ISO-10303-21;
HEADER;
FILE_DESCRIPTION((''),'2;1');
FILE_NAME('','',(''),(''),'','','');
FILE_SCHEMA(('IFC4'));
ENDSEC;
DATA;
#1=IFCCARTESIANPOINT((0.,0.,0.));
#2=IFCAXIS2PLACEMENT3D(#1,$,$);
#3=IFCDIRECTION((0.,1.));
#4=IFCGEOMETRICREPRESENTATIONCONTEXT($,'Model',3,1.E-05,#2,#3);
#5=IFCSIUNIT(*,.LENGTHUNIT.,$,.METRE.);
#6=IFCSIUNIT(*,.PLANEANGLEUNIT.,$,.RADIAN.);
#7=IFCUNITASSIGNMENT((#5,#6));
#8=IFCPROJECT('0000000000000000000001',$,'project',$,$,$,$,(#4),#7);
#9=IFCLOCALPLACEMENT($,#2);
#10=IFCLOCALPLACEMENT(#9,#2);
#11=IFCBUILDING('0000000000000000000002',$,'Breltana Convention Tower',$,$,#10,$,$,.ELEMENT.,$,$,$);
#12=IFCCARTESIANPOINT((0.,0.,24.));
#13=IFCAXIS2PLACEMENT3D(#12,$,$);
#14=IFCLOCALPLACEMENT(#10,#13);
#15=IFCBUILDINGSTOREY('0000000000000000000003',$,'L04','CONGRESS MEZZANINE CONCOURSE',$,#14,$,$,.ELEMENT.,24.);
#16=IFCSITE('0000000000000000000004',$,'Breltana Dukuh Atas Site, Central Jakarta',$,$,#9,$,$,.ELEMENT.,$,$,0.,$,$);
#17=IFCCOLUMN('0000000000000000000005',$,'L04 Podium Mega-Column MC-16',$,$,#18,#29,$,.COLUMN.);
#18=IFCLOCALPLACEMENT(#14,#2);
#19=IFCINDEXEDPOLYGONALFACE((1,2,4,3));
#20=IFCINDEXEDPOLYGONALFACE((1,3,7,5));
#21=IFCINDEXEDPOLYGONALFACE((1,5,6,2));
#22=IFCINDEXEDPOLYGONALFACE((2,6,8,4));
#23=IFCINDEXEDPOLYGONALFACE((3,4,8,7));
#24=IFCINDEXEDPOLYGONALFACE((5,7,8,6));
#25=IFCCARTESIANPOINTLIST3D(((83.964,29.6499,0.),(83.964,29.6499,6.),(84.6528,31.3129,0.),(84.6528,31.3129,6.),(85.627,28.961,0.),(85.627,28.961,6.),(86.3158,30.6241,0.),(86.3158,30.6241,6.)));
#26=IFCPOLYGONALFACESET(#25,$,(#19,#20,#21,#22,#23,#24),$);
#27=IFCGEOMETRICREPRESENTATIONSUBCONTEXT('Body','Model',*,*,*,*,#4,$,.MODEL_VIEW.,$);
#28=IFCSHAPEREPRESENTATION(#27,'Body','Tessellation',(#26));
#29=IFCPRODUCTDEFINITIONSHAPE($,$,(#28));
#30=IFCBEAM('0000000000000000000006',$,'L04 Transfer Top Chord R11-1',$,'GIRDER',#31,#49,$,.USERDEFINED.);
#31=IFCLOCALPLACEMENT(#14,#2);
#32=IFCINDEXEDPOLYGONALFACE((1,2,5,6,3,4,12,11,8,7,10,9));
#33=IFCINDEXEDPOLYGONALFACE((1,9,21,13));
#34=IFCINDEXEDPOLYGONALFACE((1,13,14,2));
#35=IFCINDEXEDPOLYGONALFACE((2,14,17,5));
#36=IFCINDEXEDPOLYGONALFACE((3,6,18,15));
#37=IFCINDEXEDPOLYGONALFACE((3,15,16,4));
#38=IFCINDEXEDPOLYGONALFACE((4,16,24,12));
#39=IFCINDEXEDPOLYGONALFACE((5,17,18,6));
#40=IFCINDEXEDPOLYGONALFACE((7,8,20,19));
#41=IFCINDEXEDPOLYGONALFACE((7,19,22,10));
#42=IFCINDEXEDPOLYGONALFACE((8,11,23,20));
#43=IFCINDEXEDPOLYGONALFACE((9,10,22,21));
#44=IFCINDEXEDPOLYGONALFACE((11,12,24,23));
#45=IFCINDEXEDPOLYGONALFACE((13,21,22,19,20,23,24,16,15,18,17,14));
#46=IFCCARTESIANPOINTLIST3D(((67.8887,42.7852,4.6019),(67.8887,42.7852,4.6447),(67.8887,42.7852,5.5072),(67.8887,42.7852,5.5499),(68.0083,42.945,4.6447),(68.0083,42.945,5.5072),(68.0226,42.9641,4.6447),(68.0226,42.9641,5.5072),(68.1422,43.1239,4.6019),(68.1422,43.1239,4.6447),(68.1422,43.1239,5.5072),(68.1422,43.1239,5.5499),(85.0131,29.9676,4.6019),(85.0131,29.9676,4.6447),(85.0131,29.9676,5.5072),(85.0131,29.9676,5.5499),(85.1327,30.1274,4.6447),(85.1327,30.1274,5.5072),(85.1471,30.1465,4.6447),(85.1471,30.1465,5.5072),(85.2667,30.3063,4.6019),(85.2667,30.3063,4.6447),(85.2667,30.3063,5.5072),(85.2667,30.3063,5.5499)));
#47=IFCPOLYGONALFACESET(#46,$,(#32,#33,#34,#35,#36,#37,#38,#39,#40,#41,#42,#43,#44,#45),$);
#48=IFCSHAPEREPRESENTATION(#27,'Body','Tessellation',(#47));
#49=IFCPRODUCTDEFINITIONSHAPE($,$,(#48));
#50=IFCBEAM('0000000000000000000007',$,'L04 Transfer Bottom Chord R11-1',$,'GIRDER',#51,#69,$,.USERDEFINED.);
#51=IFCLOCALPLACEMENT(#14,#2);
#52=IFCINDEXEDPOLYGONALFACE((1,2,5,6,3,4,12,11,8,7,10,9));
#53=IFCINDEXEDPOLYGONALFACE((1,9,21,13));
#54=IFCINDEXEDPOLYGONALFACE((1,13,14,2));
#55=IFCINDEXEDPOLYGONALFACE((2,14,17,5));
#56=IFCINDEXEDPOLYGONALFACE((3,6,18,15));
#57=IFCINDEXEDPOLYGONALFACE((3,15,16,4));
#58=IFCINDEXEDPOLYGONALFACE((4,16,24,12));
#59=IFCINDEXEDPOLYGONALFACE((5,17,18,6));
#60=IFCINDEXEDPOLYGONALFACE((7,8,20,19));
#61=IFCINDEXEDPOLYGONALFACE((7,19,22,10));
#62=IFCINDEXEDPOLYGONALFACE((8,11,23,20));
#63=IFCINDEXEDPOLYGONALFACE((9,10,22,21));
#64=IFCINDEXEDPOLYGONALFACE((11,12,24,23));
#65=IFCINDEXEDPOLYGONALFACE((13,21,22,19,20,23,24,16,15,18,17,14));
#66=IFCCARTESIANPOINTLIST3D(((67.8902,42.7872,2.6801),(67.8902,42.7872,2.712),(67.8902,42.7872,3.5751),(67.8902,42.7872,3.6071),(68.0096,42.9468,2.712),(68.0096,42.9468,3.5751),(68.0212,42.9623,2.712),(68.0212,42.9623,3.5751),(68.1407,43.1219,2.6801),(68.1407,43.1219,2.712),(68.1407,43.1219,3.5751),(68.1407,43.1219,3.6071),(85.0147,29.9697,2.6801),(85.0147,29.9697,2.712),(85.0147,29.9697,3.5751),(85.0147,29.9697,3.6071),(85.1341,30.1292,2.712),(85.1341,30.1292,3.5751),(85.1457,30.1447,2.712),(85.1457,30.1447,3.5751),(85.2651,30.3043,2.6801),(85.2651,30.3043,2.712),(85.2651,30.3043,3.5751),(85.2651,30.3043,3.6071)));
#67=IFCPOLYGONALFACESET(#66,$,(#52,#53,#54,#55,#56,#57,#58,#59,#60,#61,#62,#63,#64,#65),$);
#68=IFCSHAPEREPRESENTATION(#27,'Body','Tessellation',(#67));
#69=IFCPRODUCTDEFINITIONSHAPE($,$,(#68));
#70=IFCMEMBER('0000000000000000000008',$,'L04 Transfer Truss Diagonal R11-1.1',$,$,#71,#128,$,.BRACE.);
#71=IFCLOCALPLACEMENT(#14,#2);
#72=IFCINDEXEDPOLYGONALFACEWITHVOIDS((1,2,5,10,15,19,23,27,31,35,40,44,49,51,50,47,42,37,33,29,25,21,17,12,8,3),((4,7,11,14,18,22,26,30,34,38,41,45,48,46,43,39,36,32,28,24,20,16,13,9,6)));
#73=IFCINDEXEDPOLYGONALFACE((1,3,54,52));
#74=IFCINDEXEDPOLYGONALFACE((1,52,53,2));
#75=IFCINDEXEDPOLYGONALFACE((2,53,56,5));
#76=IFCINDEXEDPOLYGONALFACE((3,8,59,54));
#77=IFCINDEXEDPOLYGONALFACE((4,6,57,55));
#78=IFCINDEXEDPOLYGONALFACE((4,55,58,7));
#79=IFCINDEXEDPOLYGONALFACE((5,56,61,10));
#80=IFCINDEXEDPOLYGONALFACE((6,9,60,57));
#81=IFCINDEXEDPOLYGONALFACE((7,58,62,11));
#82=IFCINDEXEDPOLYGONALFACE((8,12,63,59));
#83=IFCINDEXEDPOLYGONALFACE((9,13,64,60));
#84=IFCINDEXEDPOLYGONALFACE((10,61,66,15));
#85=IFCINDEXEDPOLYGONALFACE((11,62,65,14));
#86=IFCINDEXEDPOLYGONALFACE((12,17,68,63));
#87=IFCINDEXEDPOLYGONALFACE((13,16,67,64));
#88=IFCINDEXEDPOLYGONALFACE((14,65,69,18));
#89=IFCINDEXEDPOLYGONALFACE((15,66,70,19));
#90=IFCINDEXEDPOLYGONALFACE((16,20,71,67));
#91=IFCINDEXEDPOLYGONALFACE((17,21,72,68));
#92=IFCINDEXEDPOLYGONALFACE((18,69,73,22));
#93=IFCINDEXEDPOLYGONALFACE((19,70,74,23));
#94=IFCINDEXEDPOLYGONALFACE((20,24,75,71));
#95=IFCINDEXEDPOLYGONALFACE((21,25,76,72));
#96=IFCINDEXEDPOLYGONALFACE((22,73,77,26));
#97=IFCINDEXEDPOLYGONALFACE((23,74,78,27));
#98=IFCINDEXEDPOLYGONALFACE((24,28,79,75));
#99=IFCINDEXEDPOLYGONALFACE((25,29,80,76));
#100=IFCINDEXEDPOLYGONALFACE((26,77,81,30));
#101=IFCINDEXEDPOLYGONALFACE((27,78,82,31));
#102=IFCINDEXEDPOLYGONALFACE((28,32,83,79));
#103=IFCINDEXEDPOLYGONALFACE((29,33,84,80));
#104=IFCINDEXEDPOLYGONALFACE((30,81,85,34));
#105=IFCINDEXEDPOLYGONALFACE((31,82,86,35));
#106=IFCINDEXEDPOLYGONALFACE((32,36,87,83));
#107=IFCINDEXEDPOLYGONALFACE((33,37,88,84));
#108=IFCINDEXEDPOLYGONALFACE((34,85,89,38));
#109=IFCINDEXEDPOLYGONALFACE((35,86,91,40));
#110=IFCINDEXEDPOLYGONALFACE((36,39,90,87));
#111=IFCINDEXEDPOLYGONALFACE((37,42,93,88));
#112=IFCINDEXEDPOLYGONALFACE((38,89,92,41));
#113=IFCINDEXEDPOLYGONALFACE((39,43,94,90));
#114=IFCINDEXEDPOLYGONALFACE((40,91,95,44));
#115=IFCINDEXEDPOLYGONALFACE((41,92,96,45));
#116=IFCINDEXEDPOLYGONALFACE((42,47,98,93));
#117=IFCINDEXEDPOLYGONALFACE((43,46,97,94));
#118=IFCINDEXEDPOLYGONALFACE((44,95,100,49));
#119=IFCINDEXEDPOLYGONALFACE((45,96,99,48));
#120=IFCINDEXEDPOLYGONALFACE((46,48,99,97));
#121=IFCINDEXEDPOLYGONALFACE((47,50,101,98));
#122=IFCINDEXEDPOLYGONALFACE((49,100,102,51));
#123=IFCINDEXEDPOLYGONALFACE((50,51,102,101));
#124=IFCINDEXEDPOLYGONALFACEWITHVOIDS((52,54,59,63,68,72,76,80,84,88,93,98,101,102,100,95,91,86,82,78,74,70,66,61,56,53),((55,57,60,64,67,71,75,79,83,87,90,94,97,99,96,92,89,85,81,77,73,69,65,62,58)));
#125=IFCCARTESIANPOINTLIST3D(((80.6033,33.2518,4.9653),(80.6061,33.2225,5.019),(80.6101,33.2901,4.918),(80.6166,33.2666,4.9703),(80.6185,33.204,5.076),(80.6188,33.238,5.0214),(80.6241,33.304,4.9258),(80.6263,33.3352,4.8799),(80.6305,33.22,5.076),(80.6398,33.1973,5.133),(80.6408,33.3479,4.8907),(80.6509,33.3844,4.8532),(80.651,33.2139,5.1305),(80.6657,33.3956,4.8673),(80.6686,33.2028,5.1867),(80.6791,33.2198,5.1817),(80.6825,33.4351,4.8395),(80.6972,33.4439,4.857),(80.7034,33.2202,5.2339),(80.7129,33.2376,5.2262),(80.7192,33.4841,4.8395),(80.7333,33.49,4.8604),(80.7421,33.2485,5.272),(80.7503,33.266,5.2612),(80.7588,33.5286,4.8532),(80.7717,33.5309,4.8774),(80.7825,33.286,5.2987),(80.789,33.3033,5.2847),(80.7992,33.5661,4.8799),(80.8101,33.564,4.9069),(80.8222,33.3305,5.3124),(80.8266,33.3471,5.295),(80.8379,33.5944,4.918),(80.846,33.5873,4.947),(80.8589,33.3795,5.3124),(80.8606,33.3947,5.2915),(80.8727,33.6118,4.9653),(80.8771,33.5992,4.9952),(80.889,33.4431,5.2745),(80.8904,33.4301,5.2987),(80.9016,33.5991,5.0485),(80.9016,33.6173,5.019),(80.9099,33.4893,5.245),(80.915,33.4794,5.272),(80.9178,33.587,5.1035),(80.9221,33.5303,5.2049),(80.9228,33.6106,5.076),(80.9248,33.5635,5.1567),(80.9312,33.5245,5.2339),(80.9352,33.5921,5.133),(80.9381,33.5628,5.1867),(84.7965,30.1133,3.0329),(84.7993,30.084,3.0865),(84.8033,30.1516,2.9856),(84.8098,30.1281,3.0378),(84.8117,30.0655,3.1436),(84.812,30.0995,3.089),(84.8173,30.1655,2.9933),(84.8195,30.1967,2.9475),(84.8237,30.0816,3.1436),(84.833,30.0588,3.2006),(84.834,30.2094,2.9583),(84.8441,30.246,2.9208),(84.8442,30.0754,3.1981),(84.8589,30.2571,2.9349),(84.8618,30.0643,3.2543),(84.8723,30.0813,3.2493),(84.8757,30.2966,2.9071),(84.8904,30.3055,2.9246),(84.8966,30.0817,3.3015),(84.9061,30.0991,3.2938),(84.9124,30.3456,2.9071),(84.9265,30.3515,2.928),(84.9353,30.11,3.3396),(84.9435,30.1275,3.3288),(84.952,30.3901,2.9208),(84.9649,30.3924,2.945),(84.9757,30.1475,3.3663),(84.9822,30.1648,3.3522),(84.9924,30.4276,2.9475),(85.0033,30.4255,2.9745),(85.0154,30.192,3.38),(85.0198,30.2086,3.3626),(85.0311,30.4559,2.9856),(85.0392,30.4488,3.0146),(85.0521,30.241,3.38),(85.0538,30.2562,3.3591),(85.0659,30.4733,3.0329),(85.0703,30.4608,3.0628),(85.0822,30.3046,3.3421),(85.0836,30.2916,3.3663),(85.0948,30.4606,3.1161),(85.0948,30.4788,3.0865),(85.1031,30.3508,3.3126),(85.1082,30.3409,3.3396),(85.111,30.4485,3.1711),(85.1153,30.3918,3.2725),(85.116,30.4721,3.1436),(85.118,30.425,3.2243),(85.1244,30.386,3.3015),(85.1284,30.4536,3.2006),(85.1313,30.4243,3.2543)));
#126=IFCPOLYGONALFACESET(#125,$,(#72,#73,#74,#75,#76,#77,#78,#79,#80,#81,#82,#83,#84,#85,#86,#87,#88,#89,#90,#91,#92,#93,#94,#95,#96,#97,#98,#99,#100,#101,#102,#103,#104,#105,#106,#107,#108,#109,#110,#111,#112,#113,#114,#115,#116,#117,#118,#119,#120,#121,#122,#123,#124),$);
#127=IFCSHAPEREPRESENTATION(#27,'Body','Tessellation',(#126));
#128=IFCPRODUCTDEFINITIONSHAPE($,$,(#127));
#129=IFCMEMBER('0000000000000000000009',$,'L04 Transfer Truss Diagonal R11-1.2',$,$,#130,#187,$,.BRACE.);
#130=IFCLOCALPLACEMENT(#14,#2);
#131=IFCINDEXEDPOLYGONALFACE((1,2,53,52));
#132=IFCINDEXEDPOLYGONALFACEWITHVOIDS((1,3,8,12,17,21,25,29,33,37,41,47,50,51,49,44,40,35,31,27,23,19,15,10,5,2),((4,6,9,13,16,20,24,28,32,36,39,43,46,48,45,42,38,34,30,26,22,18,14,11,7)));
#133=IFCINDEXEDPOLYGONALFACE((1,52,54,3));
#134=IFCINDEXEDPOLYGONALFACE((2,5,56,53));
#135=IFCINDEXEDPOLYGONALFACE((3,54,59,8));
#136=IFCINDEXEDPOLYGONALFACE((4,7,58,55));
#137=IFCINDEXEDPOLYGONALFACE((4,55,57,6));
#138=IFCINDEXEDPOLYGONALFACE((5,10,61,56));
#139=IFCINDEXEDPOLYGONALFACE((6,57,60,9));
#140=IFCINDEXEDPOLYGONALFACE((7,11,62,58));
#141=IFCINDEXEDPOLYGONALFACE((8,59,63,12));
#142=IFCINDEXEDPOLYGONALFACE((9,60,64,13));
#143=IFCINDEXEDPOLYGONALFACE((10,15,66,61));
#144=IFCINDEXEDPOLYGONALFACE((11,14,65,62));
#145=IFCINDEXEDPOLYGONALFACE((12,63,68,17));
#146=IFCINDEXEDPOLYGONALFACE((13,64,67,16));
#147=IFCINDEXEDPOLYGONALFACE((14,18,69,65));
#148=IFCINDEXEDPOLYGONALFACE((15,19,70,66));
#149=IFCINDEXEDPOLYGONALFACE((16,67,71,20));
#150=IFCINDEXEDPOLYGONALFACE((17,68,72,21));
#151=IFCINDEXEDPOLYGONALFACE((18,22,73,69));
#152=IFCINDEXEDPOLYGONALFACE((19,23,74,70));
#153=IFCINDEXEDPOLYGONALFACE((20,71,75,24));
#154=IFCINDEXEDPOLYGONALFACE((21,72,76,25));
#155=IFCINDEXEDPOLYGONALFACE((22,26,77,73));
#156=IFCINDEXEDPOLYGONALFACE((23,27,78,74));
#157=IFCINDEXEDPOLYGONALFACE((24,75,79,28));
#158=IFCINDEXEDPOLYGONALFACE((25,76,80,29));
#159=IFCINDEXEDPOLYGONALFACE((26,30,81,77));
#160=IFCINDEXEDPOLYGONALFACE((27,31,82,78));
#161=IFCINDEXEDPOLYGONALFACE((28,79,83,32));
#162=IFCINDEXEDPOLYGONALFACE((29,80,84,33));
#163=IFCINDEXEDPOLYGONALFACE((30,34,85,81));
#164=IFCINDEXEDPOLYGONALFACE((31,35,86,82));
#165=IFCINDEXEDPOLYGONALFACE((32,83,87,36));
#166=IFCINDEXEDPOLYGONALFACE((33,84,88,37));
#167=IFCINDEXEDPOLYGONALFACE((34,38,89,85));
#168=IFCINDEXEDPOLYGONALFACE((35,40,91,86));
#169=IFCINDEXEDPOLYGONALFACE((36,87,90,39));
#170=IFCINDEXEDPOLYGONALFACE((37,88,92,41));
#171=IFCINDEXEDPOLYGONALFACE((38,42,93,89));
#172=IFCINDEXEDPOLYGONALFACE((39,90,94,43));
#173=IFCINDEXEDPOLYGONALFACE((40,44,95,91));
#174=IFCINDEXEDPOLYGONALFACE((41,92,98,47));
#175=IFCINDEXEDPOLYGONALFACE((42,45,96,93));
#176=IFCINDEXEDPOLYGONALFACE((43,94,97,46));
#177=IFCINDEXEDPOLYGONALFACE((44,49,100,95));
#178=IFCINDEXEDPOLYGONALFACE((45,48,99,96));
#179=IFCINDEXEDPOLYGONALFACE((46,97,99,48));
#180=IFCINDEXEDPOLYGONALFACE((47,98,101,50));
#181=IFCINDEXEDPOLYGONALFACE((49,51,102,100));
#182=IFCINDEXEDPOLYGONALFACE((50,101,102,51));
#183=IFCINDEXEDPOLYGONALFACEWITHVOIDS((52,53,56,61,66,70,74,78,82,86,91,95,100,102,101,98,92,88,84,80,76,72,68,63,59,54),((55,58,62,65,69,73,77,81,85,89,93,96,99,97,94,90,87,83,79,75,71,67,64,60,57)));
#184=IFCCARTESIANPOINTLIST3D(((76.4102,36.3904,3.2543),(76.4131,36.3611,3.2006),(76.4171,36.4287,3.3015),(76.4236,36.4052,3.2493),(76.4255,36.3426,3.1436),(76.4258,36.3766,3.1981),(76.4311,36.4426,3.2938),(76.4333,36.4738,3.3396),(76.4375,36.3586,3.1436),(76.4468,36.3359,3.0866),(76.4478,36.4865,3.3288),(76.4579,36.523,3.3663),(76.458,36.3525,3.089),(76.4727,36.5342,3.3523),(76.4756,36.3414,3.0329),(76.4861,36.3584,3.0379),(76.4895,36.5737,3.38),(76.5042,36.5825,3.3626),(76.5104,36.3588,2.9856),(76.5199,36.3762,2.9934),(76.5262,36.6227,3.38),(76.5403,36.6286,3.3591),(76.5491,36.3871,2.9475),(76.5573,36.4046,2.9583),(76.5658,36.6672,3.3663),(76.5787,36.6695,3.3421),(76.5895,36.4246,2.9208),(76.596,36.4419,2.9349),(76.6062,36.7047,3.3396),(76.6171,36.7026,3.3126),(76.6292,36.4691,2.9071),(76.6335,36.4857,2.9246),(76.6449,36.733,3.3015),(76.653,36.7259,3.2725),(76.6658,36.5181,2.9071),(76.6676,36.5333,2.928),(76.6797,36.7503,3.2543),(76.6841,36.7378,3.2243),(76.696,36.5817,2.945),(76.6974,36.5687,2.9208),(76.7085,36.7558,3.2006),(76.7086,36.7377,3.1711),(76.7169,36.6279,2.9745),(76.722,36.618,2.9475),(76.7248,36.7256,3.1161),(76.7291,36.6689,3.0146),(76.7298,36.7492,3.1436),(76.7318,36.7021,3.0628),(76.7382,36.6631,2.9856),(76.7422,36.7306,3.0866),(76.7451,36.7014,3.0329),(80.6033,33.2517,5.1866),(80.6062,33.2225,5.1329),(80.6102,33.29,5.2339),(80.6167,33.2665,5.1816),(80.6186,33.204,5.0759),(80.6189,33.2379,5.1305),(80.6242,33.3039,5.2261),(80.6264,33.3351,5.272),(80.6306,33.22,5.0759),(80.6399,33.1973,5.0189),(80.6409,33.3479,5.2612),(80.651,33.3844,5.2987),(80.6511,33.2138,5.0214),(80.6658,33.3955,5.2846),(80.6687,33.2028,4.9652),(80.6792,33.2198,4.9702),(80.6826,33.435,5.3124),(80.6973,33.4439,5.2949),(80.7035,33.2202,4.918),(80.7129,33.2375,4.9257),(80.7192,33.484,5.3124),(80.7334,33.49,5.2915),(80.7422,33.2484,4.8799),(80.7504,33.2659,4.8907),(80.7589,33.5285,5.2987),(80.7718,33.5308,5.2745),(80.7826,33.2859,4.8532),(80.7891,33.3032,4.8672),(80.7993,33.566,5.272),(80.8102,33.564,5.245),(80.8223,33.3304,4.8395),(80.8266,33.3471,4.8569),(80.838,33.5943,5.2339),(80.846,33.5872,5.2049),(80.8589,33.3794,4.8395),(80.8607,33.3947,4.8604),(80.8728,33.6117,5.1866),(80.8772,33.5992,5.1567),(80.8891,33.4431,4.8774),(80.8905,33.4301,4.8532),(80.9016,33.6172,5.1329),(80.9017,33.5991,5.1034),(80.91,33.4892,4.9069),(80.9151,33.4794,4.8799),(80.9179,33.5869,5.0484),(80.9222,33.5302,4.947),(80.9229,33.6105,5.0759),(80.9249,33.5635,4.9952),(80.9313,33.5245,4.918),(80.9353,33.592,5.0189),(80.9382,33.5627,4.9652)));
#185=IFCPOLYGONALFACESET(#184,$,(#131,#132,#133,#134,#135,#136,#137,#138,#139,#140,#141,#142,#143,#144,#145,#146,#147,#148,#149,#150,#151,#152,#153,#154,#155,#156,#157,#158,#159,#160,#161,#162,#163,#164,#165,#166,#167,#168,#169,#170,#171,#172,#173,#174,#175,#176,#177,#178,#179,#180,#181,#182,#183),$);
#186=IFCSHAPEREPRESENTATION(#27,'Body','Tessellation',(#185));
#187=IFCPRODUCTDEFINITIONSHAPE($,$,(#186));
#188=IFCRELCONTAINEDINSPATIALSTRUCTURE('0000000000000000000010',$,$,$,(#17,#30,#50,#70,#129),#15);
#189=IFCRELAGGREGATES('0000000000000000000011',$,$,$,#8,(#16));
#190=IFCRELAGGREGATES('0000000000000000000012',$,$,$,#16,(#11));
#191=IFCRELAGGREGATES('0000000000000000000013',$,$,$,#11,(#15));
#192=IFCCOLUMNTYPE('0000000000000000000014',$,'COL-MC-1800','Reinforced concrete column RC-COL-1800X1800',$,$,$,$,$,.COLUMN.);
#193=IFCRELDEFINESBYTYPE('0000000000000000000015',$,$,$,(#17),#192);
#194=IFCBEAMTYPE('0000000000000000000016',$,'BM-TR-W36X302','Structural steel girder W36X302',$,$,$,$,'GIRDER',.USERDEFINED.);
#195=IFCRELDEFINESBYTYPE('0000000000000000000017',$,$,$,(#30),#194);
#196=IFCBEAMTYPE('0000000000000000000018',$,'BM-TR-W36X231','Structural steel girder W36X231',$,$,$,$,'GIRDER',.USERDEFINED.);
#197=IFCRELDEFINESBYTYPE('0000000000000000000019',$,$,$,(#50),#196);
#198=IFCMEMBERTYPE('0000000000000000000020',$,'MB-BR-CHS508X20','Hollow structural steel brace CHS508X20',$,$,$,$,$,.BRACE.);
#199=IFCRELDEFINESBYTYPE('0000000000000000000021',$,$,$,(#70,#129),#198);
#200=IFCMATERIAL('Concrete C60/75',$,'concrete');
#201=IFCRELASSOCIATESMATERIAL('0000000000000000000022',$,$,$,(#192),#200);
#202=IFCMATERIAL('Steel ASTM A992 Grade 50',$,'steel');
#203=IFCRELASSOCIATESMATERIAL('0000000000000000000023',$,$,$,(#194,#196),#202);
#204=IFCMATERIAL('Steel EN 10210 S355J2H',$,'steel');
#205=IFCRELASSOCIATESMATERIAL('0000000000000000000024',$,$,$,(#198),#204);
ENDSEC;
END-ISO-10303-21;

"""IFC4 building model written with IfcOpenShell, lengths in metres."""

from ifc_helpers import new_model, si_unit, direction, frame, origin, origin_2d, place, context, subcontext, project, spatial, rectangle, hollow_circle, i_section, extrude, source, transform, mapped, material, material_profile, profile_set, type_object, type_shapes, element, save


model = new_model("IFC4")

# Units and contexts
model_context = context("Model", 3, precision=1e-05, world=origin(), true_north=direction((0.0, 1.0)))
body_context = subcontext(model_context, "Body", "Model", "MODEL_VIEW")
ifc_project = project(units=[si_unit("LENGTHUNIT", "METRE"), si_unit("PLANEANGLEUNIT", "RADIAN")], contexts=[model_context])

# Site, building, storey
site_placement = place(None, origin())
site = spatial("IfcSite", under=ifc_project, at=site_placement, Name="Breltana Dukuh Atas Site, Central Jakarta", CompositionType="ELEMENT", RefElevation=0.0)
building_placement = place(site_placement, origin())
building = spatial("IfcBuilding", under=site, at=building_placement, Name="Breltana Convention Tower", CompositionType="ELEMENT")
storey_placement = place(building_placement, frame((0.0, 0.0, 24.0)))
storey = spatial("IfcBuildingStorey", under=building, at=storey_placement, Name="L04", Description="CONGRESS MEZZANINE CONCOURSE", CompositionType="ELEMENT", Elevation=24.0)

# Column
ifc_material_1 = material(Name="Concrete C60/75", Category="concrete")
ifc_material_profile_1 = material_profile(ifc_material_1, rectangle(XDim=1.8, YDim=1.8, at=origin_2d()), Name="RC-COL-1800X1800")
ifc_profile_set_1 = profile_set([ifc_material_profile_1], Name="Concrete C60/75")
column_type = type_object("IfcColumnType", Name="COL-MC-1800", Description="Reinforced concrete column RC-COL-1800X1800", PredefinedType="COLUMN", material=ifc_profile_set_1)
shared_shape_1 = source(origin(), body_context, "Body", "SweptSolid", [
    extrude(rectangle(XDim=1.8, YDim=1.8, at=origin_2d()), origin(), (0.0, 0.0, 1.0), 6.0),
])
type_shapes(column_type, [shared_shape_1])
column_placement = place(storey_placement, frame((85.1399, 30.137, 0.0), z_axis=(0.0, 0.0, 1.0), x_axis=(0.92388, -0.382683, 0.0)))
element("IfcColumn", 1, at=column_placement, inside=storey, type_object=column_type, Name="L04 Podium Mega-Column MC-16", PredefinedType="COLUMN", context=body_context, shape_type="MappedRepresentation", body=[
    mapped(shared_shape_1, transform((0.0, 0.0, 0.0), scale=1.0)),
])

# Beams
ifc_material_2 = material(Name="Steel ASTM A992 Grade 50", Category="steel")
ifc_material_profile_2 = material_profile(ifc_material_2, i_section(OverallWidth=0.4231, OverallDepth=0.948, WebThickness=0.0239, FlangeThickness=0.0427, at=origin_2d()), Name="W36X302")
ifc_profile_set_2 = profile_set([ifc_material_profile_2], Name="Steel ASTM A992 Grade 50")
beam_type_1 = type_object("IfcBeamType", Name="BM-TR-W36X302", Description="Structural steel girder W36X302", ElementType="GIRDER", PredefinedType="USERDEFINED", material=ifc_profile_set_2)
shared_shape_2 = source(origin(), body_context, "Body", "SweptSolid", [
    extrude(i_section(OverallWidth=0.4231, OverallDepth=0.948, WebThickness=0.0239, FlangeThickness=0.0427, at=origin_2d()), origin(), (0.0, 0.0, 1.0), 21.3901),
])
type_shapes(beam_type_1, [shared_shape_2])
beam_1_placement = place(storey_placement, frame((85.1399, 30.137, 5.0759), z_axis=(-0.800578, 0.599229, 0.0), x_axis=(-0.599229, -0.800578, 0.0)))
element("IfcBeam", 2, at=beam_1_placement, inside=storey, type_object=beam_type_1, Name="L04 Transfer Top Chord R11-1", ObjectType="GIRDER", PredefinedType="USERDEFINED", context=body_context, shape_type="MappedRepresentation", body=[
    mapped(shared_shape_2, transform((0.0, 0.0, 0.0), scale=1.0)),
])
ifc_material_profile_3 = material_profile(ifc_material_2, i_section(OverallWidth=0.418, OverallDepth=0.927, WebThickness=0.0193, FlangeThickness=0.032, at=origin_2d()), Name="W36X231")
ifc_profile_set_3 = profile_set([ifc_material_profile_3], Name="Steel ASTM A992 Grade 50")
beam_type_2 = type_object("IfcBeamType", Name="BM-TR-W36X231", Description="Structural steel girder W36X231", ElementType="GIRDER", PredefinedType="USERDEFINED", material=ifc_profile_set_3)
shared_shape_3 = source(origin(), body_context, "Body", "SweptSolid", [
    extrude(i_section(OverallWidth=0.418, OverallDepth=0.927, WebThickness=0.0193, FlangeThickness=0.032, at=origin_2d()), origin(), (0.0, 0.0, 1.0), 21.3901),
])
type_shapes(beam_type_2, [shared_shape_3])
beam_2_placement = place(storey_placement, frame((85.1399, 30.137, 3.1436), z_axis=(-0.800578, 0.599229, 0.0), x_axis=(-0.599229, -0.800578, 0.0)))
element("IfcBeam", 3, at=beam_2_placement, inside=storey, type_object=beam_type_2, Name="L04 Transfer Bottom Chord R11-1", ObjectType="GIRDER", PredefinedType="USERDEFINED", context=body_context, shape_type="MappedRepresentation", body=[
    mapped(shared_shape_3, transform((0.0, 0.0, 0.0), scale=1.0)),
])

# Members
ifc_material_3 = material(Name="Steel EN 10210 S355J2H", Category="steel")
ifc_material_profile_4 = material_profile(ifc_material_3, hollow_circle(Radius=0.2539, WallThickness=0.02, at=origin_2d()), Name="CHS508X20")
ifc_profile_set_4 = profile_set([ifc_material_profile_4], Name="Steel EN 10210 S355J2H")
member_type = type_object("IfcMemberType", Name="MB-BR-CHS508X20", Description="Hollow structural steel brace CHS508X20", PredefinedType="BRACE", material=ifc_profile_set_4)
shared_shape_4 = source(origin(), body_context, "Body", "SweptSolid", [
    extrude(hollow_circle(Radius=0.2539, WallThickness=0.02, at=origin_2d()), origin(), (0.0, 0.0, 1.0), 5.5828),
])
type_shapes(member_type, [shared_shape_4])
for number, where, z_axis, x_axis, name in (
    (4, (84.9639, 30.2688, 3.1436), (-0.751097, 0.562175, 0.346139), (-0.599217, -0.800587, 0.0), "L04 Transfer Truss Diagonal R11-1.1"),
    (5, (80.7708, 33.4072, 5.0759), (-0.751079, 0.562205, -0.34613), (-0.599246, -0.800565, 0.0), "L04 Transfer Truss Diagonal R11-1.2"),
):
    element("IfcMember", number, at=place(storey_placement, frame(where, z_axis=z_axis, x_axis=x_axis)), inside=storey, type_object=member_type, Name=name, PredefinedType="BRACE", context=body_context, shape_type="MappedRepresentation", body=[
        mapped(shared_shape_4, transform((0.0, 0.0, 0.0), scale=1.0)),
    ])

save(model, "model.ifc")
